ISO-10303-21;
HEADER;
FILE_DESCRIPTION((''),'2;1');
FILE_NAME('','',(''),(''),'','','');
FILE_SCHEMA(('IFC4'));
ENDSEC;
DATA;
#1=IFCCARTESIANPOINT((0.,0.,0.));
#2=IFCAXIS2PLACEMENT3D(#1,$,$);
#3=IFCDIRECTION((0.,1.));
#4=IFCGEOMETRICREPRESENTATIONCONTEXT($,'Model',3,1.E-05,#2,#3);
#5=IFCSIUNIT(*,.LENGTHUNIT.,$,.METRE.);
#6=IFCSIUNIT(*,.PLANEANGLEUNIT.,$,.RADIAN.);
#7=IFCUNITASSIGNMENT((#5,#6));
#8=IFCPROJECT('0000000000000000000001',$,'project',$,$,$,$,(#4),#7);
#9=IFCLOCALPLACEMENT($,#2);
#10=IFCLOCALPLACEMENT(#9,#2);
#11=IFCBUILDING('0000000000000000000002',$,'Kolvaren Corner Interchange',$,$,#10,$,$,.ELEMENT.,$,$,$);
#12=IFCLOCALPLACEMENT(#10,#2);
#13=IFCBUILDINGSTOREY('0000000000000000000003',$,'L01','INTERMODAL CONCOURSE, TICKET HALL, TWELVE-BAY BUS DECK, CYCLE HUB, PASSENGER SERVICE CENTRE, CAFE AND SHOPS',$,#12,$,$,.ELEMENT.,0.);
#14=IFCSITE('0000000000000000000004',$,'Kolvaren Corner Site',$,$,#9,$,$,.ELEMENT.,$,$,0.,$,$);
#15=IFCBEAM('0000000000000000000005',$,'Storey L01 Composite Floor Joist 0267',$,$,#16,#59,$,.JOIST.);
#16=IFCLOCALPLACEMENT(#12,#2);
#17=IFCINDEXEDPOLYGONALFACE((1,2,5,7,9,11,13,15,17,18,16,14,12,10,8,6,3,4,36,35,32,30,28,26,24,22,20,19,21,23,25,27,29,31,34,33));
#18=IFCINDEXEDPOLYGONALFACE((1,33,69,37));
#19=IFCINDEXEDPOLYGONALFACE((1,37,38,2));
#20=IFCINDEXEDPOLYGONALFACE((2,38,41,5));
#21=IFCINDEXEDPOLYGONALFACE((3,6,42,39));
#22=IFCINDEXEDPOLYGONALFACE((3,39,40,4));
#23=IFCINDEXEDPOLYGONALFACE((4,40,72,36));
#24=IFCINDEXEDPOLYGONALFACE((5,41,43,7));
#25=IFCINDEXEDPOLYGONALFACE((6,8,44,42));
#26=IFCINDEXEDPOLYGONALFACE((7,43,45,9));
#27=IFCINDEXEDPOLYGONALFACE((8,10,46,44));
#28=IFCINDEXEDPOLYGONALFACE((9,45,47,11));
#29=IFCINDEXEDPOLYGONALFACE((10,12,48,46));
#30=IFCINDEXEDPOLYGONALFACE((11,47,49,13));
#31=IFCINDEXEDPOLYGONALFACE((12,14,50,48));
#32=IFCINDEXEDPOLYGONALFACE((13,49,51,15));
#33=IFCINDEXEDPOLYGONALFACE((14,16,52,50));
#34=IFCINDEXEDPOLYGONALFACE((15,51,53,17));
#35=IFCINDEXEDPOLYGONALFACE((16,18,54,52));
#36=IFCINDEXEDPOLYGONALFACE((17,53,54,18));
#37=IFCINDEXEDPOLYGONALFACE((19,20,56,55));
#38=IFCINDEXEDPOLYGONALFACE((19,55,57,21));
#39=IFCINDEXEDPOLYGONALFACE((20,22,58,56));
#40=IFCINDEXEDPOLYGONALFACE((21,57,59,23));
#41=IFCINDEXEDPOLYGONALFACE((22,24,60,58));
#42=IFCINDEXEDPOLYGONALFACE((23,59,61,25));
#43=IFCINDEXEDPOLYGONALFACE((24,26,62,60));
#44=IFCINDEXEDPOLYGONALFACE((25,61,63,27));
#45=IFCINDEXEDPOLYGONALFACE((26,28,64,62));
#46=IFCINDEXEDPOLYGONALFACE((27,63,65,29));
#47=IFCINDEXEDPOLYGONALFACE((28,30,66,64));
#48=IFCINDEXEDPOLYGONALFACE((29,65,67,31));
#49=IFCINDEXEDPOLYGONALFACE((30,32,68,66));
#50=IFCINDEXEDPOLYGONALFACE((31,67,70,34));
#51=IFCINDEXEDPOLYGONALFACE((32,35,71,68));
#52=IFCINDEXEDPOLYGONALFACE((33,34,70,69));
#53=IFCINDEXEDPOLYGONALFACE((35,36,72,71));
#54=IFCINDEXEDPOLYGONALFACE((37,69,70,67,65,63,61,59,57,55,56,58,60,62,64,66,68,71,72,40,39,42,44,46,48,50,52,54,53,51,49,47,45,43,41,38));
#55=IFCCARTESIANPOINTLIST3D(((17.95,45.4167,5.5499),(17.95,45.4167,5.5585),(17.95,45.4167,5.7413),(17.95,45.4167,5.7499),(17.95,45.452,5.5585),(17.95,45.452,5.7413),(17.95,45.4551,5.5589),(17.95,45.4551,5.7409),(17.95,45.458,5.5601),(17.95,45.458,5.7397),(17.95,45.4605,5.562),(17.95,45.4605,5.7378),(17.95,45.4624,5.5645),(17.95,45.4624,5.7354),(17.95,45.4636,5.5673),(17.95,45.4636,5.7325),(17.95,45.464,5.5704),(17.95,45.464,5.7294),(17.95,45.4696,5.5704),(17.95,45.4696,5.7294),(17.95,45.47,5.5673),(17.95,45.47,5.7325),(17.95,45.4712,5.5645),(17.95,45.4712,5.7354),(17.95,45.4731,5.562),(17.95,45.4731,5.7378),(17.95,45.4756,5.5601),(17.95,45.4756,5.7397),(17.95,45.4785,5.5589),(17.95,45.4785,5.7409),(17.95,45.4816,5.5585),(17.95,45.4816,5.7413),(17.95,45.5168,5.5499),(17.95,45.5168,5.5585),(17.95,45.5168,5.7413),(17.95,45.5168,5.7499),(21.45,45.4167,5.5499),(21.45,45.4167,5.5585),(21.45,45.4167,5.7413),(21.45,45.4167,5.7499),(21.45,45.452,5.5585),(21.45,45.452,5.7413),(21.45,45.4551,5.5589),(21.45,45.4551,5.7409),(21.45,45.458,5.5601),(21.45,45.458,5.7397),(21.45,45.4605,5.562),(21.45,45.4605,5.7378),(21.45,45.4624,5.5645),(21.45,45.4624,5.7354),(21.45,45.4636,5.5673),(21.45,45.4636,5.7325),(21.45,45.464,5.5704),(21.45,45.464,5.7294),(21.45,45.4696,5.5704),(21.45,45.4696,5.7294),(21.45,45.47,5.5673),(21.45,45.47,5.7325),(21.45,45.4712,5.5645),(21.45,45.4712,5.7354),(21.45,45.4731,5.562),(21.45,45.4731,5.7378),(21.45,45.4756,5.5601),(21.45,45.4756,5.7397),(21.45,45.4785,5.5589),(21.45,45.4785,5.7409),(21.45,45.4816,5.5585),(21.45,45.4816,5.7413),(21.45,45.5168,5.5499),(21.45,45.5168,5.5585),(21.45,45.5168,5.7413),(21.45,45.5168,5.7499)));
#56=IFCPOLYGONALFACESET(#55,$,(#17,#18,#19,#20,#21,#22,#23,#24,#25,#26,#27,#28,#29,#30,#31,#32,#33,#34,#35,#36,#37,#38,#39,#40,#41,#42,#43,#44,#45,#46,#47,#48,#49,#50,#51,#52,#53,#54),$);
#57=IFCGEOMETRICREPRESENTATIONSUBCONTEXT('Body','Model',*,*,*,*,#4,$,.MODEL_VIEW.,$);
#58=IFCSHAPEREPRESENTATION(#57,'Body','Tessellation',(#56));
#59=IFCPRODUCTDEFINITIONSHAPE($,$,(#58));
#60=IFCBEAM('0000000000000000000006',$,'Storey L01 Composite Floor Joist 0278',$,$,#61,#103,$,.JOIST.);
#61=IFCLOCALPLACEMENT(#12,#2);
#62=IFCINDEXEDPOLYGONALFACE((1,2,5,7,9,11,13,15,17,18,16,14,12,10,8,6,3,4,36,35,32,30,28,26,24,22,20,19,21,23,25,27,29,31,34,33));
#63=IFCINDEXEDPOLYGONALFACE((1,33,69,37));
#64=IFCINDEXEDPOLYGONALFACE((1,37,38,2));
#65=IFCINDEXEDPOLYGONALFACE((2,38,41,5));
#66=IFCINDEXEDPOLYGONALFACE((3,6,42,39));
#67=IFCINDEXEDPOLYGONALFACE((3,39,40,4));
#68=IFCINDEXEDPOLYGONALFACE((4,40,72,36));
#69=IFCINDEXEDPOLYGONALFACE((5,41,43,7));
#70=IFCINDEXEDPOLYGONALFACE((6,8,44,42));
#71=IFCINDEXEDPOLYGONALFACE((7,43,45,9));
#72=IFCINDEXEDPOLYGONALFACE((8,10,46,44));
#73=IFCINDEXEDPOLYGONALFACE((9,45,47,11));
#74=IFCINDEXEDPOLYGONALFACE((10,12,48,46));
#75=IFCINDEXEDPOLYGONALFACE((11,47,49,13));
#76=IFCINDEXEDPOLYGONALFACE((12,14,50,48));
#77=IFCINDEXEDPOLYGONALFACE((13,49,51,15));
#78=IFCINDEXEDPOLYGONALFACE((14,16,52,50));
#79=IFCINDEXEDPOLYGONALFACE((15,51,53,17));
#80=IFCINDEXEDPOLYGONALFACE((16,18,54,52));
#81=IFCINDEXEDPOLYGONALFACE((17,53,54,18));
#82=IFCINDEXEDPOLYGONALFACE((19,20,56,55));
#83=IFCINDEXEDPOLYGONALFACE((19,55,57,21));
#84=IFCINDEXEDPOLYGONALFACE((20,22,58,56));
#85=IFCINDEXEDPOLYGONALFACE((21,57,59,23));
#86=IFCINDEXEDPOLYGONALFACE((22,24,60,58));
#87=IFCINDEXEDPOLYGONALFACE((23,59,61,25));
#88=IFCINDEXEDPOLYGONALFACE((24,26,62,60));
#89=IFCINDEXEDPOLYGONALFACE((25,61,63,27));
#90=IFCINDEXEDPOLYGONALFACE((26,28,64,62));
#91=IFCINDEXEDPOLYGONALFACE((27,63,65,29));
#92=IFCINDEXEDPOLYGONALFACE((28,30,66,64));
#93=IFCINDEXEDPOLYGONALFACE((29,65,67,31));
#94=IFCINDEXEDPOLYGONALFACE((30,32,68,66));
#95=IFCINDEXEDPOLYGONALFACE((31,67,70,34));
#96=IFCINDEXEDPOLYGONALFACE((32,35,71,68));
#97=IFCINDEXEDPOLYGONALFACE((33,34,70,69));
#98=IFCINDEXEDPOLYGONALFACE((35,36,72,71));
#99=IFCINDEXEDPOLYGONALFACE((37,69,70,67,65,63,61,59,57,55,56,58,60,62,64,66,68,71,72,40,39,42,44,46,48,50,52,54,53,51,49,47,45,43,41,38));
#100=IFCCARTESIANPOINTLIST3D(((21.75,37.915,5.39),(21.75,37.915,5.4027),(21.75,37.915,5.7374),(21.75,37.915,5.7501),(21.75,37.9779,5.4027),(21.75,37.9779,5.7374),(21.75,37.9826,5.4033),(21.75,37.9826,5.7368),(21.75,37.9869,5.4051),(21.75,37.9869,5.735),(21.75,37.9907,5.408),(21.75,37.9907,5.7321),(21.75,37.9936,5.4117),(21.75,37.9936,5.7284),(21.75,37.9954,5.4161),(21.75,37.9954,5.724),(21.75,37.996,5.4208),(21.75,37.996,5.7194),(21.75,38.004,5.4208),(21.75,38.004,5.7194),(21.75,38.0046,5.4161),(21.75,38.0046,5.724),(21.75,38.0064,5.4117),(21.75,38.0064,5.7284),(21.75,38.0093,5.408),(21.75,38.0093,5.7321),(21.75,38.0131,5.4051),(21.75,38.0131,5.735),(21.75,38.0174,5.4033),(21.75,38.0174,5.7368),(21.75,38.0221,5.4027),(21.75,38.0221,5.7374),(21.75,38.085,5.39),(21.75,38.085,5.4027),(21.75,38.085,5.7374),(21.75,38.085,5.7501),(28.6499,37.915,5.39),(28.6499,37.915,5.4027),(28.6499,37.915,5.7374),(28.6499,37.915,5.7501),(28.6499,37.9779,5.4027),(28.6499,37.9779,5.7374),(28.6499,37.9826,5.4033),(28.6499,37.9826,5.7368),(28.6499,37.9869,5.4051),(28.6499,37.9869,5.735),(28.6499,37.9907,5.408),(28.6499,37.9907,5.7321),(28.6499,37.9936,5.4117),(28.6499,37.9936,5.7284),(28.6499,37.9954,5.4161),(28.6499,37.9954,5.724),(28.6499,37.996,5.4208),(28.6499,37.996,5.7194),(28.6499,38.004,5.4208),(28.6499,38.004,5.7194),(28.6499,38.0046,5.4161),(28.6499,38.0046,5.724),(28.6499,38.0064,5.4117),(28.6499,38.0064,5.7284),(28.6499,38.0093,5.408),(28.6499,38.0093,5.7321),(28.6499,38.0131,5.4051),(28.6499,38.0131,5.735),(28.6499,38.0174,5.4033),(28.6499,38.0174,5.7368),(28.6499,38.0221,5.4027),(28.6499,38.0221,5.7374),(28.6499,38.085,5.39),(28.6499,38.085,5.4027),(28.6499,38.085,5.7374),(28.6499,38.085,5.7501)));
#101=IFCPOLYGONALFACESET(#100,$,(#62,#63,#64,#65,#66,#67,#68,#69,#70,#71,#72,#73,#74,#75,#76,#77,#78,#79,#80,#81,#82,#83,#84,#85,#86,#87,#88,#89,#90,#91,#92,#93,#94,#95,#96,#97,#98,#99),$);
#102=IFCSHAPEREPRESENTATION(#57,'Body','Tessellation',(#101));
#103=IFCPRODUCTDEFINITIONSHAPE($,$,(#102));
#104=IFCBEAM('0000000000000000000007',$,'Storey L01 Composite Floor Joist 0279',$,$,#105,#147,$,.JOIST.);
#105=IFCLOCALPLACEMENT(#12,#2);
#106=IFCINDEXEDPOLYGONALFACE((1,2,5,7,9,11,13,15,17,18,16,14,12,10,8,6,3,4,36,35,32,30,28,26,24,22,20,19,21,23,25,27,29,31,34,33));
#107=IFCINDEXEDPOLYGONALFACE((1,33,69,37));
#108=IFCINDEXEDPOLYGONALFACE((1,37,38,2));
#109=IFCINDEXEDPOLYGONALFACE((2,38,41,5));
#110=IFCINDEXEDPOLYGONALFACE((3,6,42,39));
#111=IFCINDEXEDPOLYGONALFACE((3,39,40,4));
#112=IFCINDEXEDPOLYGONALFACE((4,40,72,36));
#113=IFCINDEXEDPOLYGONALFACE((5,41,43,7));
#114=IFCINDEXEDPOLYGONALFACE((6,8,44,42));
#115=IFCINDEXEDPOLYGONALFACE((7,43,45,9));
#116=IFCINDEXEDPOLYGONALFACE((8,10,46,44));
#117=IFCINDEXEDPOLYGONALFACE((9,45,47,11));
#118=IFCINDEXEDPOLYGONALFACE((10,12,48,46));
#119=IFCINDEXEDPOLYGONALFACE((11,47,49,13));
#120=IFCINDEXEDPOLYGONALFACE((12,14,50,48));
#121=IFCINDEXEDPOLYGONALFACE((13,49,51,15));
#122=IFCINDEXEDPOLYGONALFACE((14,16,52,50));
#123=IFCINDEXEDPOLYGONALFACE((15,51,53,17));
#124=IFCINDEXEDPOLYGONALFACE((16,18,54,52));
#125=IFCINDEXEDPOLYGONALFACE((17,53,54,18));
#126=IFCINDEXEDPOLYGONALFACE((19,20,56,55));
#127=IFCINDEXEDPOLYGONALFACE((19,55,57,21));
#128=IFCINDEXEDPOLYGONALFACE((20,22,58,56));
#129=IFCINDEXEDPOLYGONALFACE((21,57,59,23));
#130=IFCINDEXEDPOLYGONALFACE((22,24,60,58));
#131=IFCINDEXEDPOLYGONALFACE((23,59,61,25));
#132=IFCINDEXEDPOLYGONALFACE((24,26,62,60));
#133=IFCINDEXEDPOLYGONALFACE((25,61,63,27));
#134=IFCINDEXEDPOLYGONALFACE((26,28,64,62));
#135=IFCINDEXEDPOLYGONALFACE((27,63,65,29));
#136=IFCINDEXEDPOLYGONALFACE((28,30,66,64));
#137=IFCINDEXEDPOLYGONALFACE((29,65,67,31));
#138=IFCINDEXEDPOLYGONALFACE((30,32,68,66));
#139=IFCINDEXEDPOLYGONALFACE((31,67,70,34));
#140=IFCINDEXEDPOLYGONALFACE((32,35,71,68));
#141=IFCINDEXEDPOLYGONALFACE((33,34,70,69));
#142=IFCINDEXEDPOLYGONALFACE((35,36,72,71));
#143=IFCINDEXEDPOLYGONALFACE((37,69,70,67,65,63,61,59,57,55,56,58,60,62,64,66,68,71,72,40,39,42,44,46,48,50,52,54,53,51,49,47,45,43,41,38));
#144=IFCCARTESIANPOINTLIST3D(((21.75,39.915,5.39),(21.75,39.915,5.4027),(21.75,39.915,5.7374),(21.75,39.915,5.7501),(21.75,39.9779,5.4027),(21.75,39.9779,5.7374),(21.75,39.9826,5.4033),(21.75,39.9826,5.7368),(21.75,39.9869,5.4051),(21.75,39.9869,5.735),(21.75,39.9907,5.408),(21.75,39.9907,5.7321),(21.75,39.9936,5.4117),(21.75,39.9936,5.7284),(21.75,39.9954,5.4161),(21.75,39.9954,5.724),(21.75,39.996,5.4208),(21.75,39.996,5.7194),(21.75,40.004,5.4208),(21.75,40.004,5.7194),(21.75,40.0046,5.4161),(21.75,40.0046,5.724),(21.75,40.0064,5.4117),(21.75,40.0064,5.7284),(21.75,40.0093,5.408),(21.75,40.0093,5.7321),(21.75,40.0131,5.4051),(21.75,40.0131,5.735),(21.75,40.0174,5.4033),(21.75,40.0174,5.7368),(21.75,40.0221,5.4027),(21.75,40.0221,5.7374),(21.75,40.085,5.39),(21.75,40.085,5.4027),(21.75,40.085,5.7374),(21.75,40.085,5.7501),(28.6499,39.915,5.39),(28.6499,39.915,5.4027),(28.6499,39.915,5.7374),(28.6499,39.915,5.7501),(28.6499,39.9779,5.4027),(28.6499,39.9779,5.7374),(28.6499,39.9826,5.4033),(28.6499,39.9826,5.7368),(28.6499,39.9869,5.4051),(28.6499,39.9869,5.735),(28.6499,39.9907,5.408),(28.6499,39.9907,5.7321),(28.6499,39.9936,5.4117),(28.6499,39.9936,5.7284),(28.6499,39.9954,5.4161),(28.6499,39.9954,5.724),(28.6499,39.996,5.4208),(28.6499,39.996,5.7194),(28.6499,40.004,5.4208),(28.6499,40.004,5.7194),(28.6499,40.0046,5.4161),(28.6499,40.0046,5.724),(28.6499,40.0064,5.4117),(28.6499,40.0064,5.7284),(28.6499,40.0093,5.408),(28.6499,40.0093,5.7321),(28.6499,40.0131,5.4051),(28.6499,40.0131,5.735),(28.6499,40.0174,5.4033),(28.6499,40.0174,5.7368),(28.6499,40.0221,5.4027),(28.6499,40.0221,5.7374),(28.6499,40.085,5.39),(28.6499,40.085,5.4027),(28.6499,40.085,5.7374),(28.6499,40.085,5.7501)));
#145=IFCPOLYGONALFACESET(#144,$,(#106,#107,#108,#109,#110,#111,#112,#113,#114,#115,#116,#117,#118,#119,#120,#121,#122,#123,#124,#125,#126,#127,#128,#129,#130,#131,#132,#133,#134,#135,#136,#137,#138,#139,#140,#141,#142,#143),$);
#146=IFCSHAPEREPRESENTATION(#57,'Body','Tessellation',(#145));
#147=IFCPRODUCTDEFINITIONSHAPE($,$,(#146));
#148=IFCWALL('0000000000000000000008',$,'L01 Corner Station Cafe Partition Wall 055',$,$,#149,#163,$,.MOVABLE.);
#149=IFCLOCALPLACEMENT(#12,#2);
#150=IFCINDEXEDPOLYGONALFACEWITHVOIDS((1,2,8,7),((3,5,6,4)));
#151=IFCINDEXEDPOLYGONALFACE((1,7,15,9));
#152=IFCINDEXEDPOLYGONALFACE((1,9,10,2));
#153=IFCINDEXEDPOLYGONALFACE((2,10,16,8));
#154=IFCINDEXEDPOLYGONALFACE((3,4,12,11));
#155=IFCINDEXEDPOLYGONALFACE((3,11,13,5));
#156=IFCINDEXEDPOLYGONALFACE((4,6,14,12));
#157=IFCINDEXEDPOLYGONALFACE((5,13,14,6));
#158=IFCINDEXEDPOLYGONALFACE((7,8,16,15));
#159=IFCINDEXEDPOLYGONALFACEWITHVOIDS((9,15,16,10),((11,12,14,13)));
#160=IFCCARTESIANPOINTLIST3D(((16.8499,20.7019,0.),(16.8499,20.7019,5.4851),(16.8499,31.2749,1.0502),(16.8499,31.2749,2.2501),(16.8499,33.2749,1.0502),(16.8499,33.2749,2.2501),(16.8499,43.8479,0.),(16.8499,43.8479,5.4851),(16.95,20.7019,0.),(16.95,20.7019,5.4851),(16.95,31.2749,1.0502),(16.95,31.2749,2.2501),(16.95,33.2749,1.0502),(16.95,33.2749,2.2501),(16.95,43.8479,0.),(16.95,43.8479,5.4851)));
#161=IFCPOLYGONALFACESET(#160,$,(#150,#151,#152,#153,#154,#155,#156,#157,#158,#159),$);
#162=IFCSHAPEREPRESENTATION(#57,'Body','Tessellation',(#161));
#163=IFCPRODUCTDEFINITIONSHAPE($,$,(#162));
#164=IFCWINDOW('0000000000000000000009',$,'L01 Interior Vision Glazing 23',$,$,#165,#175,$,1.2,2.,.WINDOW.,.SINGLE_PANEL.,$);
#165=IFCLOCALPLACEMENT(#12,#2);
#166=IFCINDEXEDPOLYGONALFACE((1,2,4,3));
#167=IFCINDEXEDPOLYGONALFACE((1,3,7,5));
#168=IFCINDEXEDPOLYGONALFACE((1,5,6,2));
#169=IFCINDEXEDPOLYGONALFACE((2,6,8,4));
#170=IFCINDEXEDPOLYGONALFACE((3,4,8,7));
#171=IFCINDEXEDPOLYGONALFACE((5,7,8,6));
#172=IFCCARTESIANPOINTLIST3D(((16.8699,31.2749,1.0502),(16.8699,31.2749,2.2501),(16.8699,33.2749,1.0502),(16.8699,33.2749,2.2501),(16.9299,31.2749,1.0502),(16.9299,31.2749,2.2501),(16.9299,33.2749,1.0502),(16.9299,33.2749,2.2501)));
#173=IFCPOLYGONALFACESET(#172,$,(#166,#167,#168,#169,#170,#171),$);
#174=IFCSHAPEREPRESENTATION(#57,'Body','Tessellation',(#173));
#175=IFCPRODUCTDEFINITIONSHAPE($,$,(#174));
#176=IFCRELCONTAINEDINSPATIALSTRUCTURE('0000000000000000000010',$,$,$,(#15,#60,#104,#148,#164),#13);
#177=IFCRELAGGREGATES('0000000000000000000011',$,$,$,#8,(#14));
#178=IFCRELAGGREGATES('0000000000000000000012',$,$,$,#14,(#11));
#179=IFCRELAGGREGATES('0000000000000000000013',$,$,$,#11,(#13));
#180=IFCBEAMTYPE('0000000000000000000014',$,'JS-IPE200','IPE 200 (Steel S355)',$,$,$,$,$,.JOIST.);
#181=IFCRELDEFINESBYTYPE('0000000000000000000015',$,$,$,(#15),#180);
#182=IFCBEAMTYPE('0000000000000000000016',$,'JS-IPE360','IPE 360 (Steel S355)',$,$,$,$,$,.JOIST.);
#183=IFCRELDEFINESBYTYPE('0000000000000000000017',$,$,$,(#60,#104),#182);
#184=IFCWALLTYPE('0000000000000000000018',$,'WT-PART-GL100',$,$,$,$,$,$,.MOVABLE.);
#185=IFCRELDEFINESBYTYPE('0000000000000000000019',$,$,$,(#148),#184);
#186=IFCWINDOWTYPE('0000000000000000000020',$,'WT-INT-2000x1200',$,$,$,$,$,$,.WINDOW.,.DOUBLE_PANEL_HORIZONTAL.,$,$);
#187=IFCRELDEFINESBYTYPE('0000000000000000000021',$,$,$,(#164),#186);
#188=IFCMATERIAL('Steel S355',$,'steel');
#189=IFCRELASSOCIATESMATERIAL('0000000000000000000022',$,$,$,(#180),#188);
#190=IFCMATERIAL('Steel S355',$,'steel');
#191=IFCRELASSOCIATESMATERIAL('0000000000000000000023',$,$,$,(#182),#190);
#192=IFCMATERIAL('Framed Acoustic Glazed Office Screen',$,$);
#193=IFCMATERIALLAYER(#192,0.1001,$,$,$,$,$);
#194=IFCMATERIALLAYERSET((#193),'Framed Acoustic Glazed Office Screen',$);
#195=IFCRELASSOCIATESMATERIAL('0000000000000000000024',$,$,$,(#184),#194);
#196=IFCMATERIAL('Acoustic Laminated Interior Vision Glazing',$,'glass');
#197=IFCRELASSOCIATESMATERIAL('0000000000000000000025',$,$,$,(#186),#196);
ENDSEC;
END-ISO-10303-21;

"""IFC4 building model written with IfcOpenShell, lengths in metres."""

from ifc_helpers import new_model, si_unit, direction, frame, frame_2d, origin, origin_2d, place, context, subcontext, project, spatial, rectangle, i_section, extrude, material, layer, layer_set, material_profile, profile_set, type_object, element, fill, save


model = new_model("IFC4")

# Units and contexts
model_context = context("Model", 3, precision=1e-05, world=origin(), true_north=direction((0.0, 1.0)))
body_context = subcontext(model_context, "Body", "Model", "MODEL_VIEW")
ifc_project = project(units=[si_unit("LENGTHUNIT", "METRE"), si_unit("PLANEANGLEUNIT", "RADIAN")], contexts=[model_context])

# Site, building, storey
site_placement = place(None, origin())
site = spatial("IfcSite", under=ifc_project, at=site_placement, Name="Kolvaren Corner Site", CompositionType="ELEMENT", RefElevation=0.0)
building_placement = place(site_placement, origin())
building = spatial("IfcBuilding", under=site, at=building_placement, Name="Kolvaren Corner Interchange", CompositionType="ELEMENT")
storey_placement = place(building_placement, origin())
storey = spatial("IfcBuildingStorey", under=building, at=storey_placement, Name="L01", Description="INTERMODAL CONCOURSE, TICKET HALL, TWELVE-BAY BUS DECK, CYCLE HUB, PASSENGER SERVICE CENTRE, CAFE AND SHOPS", CompositionType="ELEMENT", Elevation=0.0)

# Beams
ifc_material_1 = material(Name="Steel S355", Category="steel")
ifc_material_profile_1 = material_profile(ifc_material_1, i_section(OverallWidth=0.1001, OverallDepth=0.2, WebThickness=0.0056, FlangeThickness=0.0085, FilletRadius=0.012, at=origin_2d()), Name="IPE 200")
ifc_profile_set_1 = profile_set([ifc_material_profile_1], Name="Steel S355")
beam_type_1 = type_object("IfcBeamType", Name="JS-IPE200", Description="IPE 200 (Steel S355)", PredefinedType="JOIST", material=ifc_profile_set_1)
for number, where, z_axis, x_axis, name in (
    (1, (17.95, 45.4668, 5.6499), (1.0, 0.0, 0.0), (0.0, 1.0, 0.0), "Storey L01 Composite Floor Joist 0267"),
):
    element("IfcBeam", number, at=place(storey_placement, frame(where, z_axis=z_axis, x_axis=x_axis)), inside=storey, type_object=beam_type_1, Name=name, PredefinedType="JOIST", context=body_context, shape_type="SweptSolid", body=[
        extrude(i_section(OverallWidth=0.1001, OverallDepth=0.2, WebThickness=0.0056, FlangeThickness=0.0085, FilletRadius=0.012, at=origin_2d()), origin(), (0.0, 0.0, 1.0), 3.5),
    ])
ifc_material_2 = material(Name="Steel S355", Category="steel")
ifc_material_profile_2 = material_profile(ifc_material_2, i_section(OverallWidth=0.1699, OverallDepth=0.3601, WebThickness=0.0081, FlangeThickness=0.0127, FilletRadius=0.0181, at=origin_2d()), Name="IPE 360")
ifc_profile_set_2 = profile_set([ifc_material_profile_2], Name="Steel S355")
beam_type_2 = type_object("IfcBeamType", Name="JS-IPE360", Description="IPE 360 (Steel S355)", PredefinedType="JOIST", material=ifc_profile_set_2)
for number, where, z_axis, x_axis, name in (
    (2, (21.75, 38.0, 5.5701), (1.0, 0.0, 0.0), (0.0, 1.0, 0.0), "Storey L01 Composite Floor Joist 0278"),
    (3, (21.75, 40.0, 5.5701), (1.0, 0.0, 0.0), (0.0, 1.0, 0.0), "Storey L01 Composite Floor Joist 0279"),
):
    element("IfcBeam", number, at=place(storey_placement, frame(where, z_axis=z_axis, x_axis=x_axis)), inside=storey, type_object=beam_type_2, Name=name, PredefinedType="JOIST", context=body_context, shape_type="SweptSolid", body=[
        extrude(i_section(OverallWidth=0.1699, OverallDepth=0.3601, WebThickness=0.0081, FlangeThickness=0.0127, FilletRadius=0.0181, at=origin_2d()), origin(), (0.0, 0.0, 1.0), 6.8999),
    ])

# Wall, opening, window
ifc_material_3 = material(Name="Framed Acoustic Glazed Office Screen")
ifc_layer_1 = layer(ifc_material_3, 0.1001)
ifc_layer_set_1 = layer_set([ifc_layer_1], Name="Framed Acoustic Glazed Office Screen")
wall_type_1 = type_object("IfcWallType", Name="WT-PART-GL100", PredefinedType="MOVABLE", material=ifc_layer_set_1)
wall_1_placement = place(storey_placement, frame((16.8999, 43.8479, 0.0), z_axis=(0.0, 0.0, 1.0), x_axis=(0.0, -1.0, 0.0)))
wall_1 = element("IfcWall", 4, at=wall_1_placement, inside=storey, type_object=wall_type_1, Name="L01 Corner Station Cafe Partition Wall 055", PredefinedType="MOVABLE", context=body_context, shape_type="SweptSolid", body=[
    extrude(rectangle(XDim=23.146, YDim=0.1001, at=frame_2d((11.573, 0.0))), origin(), (0.0, 0.0, 1.0), 5.4851),
])
opening_1_placement = place(wall_1_placement, frame((10.573, 0.0, 1.05)))
opening_1 = element("IfcOpeningElement", 5, at=opening_1_placement, cuts=wall_1, PredefinedType="OPENING", context=body_context, shape_type="SweptSolid", body=[
    extrude(rectangle(XDim=2.0, YDim=1.2, at=frame_2d((1.0, 0.6001))), frame((0.0, 0.0601, 0.0), z_axis=(0.0, -1.0, 0.0), x_axis=(1.0, 0.0, 0.0)), (0.0, 0.0, 1.0), 0.1201),
])
ifc_material_4 = material(Name="Acoustic Laminated Interior Vision Glazing", Category="glass")
window_type = type_object("IfcWindowType", Name="WT-INT-2000x1200", PartitioningType="DOUBLE_PANEL_HORIZONTAL", PredefinedType="WINDOW", material=ifc_material_4)
window_placement = place(opening_1_placement, origin())
window = element("IfcWindow", 6, at=window_placement, inside=storey, type_object=window_type, Name="L01 Interior Vision Glazing 23", OverallHeight=1.2, OverallWidth=2.0, PartitioningType="SINGLE_PANEL", PredefinedType="WINDOW", context=body_context, shape_type="SweptSolid", body=[
    extrude(rectangle(XDim=2.0, YDim=1.2, at=frame_2d((1.0, 0.6001))), frame((0.0, 0.03, 0.0), z_axis=(0.0, -1.0, 0.0), x_axis=(1.0, 0.0, 0.0)), (0.0, 0.0, 1.0), 0.0601),
])
fill(opening_1, window)

save(model, "model.ifc")
